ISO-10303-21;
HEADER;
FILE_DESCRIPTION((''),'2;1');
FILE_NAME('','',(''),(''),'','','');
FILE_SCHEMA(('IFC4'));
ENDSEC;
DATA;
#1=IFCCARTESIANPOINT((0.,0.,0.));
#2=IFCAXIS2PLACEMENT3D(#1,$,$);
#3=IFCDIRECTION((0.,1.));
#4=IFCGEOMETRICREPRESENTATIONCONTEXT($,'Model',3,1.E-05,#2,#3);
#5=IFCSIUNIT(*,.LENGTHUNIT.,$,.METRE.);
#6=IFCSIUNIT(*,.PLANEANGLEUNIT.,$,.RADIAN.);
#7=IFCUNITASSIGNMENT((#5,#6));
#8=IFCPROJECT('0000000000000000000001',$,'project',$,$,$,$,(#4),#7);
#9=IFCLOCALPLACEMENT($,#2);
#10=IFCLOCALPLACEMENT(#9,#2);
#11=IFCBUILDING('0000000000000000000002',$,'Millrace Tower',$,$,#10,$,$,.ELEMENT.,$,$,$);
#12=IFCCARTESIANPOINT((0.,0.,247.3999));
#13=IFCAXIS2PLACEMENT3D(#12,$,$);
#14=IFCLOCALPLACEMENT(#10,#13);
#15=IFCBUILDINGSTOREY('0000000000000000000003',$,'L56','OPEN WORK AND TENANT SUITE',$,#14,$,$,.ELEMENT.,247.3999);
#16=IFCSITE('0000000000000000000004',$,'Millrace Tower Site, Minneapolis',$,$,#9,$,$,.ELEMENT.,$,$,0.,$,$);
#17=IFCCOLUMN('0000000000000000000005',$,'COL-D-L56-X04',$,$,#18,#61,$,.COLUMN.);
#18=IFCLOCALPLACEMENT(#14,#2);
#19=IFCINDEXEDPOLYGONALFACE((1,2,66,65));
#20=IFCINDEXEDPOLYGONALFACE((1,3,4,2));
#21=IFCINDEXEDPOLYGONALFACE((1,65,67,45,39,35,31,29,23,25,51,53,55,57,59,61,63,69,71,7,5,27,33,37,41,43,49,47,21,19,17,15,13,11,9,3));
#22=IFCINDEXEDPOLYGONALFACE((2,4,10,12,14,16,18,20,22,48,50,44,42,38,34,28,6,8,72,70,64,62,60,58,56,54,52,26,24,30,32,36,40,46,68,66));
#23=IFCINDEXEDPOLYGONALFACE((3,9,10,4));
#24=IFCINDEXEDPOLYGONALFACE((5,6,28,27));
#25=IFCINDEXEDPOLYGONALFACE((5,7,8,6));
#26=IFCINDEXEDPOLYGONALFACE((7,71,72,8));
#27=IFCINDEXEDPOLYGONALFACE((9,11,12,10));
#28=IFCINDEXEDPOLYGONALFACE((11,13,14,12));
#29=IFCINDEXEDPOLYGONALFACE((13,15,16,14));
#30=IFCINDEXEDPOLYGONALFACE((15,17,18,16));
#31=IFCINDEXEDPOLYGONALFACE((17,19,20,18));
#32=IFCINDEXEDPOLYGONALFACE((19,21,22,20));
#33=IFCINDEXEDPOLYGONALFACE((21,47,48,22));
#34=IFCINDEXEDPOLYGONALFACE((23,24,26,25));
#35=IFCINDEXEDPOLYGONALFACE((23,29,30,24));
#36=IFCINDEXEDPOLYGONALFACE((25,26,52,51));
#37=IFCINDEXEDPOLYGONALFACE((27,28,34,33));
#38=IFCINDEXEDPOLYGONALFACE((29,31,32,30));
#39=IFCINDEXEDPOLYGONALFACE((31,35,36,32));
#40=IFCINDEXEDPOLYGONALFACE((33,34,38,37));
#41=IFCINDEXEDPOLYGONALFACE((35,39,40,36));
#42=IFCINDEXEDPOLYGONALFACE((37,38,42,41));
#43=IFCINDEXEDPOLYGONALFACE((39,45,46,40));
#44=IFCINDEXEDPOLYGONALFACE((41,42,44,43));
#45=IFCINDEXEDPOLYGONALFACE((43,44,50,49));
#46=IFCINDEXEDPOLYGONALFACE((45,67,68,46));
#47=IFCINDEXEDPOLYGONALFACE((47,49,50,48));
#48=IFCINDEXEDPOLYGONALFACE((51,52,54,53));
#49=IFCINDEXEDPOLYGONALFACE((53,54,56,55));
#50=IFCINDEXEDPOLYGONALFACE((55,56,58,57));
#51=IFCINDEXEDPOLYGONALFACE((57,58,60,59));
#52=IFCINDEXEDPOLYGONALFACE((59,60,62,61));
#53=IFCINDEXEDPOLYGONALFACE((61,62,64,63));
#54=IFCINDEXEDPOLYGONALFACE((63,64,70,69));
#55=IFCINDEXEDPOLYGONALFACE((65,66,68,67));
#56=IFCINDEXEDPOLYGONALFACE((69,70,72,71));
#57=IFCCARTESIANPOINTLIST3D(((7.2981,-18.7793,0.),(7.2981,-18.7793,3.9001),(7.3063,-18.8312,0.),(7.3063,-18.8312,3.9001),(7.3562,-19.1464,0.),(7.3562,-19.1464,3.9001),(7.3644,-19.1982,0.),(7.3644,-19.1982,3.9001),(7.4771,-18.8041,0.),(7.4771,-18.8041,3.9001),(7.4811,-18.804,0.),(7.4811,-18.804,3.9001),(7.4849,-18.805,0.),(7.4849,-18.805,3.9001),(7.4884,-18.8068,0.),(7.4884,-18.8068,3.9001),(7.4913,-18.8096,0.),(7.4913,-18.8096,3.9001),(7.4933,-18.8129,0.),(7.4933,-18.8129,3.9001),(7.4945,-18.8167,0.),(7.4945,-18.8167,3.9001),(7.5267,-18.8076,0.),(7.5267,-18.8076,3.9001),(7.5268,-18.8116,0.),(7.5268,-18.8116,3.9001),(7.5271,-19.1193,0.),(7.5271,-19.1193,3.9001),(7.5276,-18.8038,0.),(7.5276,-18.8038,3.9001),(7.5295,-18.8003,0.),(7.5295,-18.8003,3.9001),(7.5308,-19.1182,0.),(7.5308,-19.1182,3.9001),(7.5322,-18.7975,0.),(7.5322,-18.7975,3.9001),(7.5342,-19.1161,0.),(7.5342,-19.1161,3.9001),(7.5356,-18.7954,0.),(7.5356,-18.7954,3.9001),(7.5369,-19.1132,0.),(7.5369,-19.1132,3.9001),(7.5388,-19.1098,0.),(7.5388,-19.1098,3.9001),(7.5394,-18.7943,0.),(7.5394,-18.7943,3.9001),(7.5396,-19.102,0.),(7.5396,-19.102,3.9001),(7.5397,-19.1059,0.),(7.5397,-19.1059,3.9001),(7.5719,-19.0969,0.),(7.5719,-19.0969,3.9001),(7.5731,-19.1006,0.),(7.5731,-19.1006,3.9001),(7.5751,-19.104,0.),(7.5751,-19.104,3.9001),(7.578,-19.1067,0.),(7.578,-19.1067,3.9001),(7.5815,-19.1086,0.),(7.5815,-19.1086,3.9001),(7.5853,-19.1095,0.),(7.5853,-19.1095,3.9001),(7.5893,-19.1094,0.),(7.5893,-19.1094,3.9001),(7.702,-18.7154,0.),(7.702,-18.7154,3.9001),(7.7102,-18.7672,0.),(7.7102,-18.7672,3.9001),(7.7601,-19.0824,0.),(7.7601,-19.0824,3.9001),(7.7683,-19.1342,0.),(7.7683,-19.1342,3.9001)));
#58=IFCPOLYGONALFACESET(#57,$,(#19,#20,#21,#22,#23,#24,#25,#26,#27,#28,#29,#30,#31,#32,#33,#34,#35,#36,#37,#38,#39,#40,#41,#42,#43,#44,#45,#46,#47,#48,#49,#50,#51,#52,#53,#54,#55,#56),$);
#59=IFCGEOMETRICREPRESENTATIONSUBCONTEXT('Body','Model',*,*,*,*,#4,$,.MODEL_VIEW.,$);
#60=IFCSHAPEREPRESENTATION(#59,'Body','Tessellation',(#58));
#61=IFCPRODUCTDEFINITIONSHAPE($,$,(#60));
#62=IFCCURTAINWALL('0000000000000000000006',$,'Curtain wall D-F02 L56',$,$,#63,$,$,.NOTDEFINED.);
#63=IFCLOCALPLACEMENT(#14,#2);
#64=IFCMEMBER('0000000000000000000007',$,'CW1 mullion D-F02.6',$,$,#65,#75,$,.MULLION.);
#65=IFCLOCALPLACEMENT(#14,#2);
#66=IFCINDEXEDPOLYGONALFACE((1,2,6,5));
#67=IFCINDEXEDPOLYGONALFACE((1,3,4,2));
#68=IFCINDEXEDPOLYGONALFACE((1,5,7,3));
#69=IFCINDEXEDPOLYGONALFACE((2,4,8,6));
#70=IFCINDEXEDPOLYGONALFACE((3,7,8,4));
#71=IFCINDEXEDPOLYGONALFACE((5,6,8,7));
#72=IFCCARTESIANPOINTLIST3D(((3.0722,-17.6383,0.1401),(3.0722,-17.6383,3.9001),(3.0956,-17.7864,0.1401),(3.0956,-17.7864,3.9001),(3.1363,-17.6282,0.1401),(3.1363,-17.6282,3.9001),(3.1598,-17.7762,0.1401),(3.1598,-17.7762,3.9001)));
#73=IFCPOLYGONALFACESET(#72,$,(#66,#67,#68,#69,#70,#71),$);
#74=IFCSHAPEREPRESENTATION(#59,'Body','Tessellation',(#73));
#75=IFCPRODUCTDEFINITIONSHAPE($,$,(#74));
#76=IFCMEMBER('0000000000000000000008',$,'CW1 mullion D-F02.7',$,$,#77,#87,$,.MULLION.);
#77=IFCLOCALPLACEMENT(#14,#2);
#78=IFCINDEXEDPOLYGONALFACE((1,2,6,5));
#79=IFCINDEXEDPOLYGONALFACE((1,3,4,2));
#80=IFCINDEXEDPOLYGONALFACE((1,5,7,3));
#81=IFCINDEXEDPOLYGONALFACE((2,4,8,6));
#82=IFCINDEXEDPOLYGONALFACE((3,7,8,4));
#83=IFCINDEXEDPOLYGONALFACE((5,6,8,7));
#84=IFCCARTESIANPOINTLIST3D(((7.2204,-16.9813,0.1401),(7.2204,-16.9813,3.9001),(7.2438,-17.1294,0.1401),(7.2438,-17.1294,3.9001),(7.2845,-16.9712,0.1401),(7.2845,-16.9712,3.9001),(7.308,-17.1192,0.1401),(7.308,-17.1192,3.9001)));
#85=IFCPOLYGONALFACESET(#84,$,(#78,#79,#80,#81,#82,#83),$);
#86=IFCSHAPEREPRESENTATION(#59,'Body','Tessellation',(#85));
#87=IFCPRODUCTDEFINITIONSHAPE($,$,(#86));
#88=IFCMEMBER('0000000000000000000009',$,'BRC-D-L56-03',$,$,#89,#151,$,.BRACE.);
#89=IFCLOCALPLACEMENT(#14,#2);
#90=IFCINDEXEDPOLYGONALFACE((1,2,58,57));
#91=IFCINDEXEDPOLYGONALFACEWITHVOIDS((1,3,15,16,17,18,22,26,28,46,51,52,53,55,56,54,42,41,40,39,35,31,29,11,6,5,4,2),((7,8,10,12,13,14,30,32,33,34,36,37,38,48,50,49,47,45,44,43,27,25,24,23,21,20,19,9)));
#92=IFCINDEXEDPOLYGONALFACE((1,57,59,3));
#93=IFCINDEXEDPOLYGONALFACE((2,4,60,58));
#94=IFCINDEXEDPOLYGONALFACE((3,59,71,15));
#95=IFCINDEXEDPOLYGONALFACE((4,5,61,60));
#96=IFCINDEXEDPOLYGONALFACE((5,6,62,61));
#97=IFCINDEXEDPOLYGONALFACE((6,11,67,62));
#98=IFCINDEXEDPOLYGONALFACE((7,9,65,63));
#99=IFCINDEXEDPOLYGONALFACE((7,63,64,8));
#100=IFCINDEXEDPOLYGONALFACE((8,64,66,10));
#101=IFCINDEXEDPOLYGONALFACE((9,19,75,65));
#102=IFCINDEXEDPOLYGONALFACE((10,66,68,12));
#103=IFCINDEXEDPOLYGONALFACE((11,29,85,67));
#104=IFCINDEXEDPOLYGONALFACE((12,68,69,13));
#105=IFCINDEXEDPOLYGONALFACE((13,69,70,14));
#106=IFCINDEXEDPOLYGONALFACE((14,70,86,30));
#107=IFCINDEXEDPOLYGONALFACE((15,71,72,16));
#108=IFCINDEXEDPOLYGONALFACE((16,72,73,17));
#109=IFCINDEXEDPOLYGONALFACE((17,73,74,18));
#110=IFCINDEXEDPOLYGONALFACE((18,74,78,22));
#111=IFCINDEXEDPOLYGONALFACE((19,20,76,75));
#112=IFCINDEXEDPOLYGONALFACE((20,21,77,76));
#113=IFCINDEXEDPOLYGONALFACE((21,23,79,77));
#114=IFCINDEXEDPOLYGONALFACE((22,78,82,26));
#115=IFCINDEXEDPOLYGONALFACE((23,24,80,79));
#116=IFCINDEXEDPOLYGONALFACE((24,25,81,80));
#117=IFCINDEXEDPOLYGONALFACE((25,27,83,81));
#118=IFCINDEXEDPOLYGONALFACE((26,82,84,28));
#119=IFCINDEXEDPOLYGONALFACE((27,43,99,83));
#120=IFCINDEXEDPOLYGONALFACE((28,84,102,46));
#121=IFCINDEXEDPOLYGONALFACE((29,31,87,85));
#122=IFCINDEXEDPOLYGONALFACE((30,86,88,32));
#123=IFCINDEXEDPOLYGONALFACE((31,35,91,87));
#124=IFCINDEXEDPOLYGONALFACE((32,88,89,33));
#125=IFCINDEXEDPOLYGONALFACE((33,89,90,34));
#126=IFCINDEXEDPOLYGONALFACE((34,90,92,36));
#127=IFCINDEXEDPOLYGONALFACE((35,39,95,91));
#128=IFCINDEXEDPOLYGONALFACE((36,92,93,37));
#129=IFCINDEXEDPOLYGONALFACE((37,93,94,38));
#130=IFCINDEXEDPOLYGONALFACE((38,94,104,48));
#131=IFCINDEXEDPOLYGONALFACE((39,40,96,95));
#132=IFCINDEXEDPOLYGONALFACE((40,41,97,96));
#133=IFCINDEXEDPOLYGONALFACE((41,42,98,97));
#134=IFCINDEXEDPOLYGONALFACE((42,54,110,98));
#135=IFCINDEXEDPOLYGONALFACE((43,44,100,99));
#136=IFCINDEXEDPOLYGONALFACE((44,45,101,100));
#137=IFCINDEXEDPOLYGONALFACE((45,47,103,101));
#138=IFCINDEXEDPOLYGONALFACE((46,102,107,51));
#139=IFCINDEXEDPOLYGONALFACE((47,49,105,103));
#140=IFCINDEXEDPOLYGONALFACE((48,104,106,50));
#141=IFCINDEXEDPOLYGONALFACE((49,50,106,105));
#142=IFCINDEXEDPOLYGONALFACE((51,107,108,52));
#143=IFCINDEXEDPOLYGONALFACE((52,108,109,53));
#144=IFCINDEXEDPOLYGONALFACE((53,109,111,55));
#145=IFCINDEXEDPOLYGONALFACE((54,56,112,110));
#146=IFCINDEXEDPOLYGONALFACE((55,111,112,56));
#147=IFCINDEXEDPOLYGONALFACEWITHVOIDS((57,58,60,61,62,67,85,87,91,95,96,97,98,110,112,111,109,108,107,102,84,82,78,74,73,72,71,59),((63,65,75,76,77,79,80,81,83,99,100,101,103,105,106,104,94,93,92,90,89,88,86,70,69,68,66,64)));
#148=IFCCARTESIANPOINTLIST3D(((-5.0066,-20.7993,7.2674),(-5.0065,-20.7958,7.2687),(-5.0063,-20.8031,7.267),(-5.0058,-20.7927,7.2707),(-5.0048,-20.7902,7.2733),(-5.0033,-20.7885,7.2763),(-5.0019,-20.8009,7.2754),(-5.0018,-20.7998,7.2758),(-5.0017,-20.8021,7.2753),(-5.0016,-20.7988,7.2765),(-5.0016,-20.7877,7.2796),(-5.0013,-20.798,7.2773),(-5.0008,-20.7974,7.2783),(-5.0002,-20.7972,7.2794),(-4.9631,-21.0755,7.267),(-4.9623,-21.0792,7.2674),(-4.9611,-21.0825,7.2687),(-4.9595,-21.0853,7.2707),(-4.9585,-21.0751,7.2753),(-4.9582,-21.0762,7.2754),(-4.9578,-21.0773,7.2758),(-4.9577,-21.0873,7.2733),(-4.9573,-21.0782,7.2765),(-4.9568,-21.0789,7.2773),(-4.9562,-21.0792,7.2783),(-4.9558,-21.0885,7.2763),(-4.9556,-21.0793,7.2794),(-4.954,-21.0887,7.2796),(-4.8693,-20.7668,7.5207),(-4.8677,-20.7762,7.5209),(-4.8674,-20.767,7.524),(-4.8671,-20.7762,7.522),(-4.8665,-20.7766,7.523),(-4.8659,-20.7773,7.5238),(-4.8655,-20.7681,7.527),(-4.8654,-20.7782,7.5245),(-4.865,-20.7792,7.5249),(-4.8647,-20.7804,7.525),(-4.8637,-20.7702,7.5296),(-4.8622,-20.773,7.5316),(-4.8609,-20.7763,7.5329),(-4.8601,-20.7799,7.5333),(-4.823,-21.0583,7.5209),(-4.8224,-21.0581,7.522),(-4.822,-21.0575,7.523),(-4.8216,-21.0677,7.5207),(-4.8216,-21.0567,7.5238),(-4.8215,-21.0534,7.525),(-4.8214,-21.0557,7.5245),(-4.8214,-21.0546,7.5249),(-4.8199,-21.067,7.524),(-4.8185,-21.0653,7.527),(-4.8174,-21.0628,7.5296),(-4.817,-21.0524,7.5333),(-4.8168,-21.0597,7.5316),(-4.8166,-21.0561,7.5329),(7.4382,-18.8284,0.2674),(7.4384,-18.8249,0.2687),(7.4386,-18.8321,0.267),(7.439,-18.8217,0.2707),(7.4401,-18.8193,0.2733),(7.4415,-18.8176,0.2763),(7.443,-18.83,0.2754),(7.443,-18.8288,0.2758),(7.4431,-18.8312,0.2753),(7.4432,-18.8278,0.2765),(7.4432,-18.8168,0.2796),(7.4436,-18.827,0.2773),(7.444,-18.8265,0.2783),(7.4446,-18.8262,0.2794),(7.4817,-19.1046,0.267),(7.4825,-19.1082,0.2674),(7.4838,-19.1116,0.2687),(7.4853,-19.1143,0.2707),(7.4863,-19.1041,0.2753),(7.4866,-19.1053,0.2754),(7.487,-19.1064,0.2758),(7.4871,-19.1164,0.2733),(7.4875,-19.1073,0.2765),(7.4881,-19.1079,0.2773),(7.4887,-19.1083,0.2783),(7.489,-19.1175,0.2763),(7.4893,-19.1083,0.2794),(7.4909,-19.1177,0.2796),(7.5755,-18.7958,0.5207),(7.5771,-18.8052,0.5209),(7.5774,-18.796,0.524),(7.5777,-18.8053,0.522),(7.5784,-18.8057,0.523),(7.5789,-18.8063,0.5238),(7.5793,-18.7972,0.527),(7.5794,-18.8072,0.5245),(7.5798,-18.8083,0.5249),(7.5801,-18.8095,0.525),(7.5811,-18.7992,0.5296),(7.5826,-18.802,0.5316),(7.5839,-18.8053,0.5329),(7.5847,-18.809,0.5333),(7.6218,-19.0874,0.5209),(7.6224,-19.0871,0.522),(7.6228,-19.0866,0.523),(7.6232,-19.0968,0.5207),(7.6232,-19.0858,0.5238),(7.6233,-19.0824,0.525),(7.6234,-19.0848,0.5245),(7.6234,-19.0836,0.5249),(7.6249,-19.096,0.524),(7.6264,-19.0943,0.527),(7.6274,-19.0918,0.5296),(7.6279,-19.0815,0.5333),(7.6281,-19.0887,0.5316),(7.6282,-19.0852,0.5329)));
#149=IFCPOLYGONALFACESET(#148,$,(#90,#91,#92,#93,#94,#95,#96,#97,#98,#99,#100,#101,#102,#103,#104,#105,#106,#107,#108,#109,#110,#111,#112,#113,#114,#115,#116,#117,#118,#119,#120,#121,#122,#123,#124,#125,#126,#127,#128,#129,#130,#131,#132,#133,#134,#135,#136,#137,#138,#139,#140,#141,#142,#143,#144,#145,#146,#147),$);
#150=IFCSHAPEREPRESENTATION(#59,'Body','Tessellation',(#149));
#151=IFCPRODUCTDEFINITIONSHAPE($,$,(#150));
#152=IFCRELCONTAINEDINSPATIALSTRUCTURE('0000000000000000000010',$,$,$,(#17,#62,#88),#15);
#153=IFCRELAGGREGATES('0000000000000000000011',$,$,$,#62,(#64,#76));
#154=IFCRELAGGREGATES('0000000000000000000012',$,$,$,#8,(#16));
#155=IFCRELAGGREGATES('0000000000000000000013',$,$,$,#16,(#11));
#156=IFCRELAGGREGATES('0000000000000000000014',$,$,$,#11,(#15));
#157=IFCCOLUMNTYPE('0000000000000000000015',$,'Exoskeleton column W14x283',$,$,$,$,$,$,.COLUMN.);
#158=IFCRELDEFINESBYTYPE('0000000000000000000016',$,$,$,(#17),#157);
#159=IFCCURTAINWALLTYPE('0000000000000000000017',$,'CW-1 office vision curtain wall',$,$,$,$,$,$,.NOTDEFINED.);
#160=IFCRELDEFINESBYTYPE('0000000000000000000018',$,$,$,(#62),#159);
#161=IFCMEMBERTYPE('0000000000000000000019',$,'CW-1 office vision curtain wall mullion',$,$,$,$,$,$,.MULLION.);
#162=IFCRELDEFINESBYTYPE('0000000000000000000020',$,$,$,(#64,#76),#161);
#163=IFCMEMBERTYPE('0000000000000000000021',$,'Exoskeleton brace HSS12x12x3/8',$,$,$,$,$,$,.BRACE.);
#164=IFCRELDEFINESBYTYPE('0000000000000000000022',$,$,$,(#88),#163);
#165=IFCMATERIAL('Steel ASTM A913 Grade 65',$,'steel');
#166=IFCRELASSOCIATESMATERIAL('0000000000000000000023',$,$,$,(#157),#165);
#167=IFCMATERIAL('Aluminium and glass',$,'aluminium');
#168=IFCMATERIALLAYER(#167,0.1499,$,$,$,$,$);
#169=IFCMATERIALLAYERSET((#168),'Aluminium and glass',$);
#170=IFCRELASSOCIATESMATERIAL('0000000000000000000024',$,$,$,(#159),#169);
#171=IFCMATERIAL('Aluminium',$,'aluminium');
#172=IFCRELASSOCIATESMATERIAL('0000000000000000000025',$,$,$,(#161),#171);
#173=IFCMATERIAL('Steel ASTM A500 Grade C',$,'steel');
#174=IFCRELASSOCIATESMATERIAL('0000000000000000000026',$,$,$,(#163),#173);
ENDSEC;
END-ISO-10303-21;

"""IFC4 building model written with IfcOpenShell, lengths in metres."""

from ifc_helpers import new_model, si_unit, direction, frame, origin, origin_2d, place, context, subcontext, project, spatial, rectangle, hollow_rectangle, i_section, extrude, material, layer, layer_set, material_profile, profile_set, type_object, element, aggregate, save


model = new_model("IFC4")

# Units and contexts
model_context = context("Model", 3, precision=1e-05, world=origin(), true_north=direction((0.0, 1.0)))
body_context = subcontext(model_context, "Body", "Model", "MODEL_VIEW")
ifc_project = project(units=[si_unit("LENGTHUNIT", "METRE"), si_unit("PLANEANGLEUNIT", "RADIAN")], contexts=[model_context])

# Site, building, storey
site_placement = place(None, origin())
site = spatial("IfcSite", under=ifc_project, at=site_placement, Name="Millrace Tower Site, Minneapolis", CompositionType="ELEMENT", RefElevation=0.0)
building_placement = place(site_placement, origin())
building = spatial("IfcBuilding", under=site, at=building_placement, Name="Millrace Tower", CompositionType="ELEMENT")
storey_placement = place(building_placement, frame((0.0, 0.0, 247.3999)))
storey = spatial("IfcBuildingStorey", under=building, at=storey_placement, Name="L56", Description="OPEN WORK AND TENANT SUITE", CompositionType="ELEMENT", Elevation=247.3999)

# Column
ifc_material_1 = material(Name="Steel ASTM A913 Grade 65", Category="steel")
ifc_material_profile_1 = material_profile(ifc_material_1, i_section(OverallWidth=0.4089, OverallDepth=0.4241, WebThickness=0.0327, FlangeThickness=0.0525, FilletRadius=0.0151, at=origin_2d()))
ifc_profile_set_1 = profile_set([ifc_material_profile_1], Name="Steel ASTM A913 Grade 65")
column_type = type_object("IfcColumnType", Name="Exoskeleton column W14x283", PredefinedType="COLUMN", material=ifc_profile_set_1)
column_placement = place(storey_placement, frame((7.5332, -18.9568, 0.0), z_axis=(0.0, 0.0, 1.0), x_axis=(0.987688, 0.156434, 0.0)))
element("IfcColumn", 1, at=column_placement, inside=storey, type_object=column_type, Name="COL-D-L56-X04", PredefinedType="COLUMN", context=body_context, shape_type="SweptSolid", body=[
    extrude(i_section(OverallWidth=0.4089, OverallDepth=0.4241, WebThickness=0.0327, FlangeThickness=0.0525, FilletRadius=0.0151, at=origin_2d()), origin(), (0.0, 0.0, 1.0), 3.9001),
])

# Curtain wall, members
ifc_material_2 = material(Name="Aluminium and glass", Category="aluminium")
ifc_layer_1 = layer(ifc_material_2, 0.1499)
ifc_layer_set_1 = layer_set([ifc_layer_1], Name="Aluminium and glass")
curtain_wall_type = type_object("IfcCurtainWallType", Name="CW-1 office vision curtain wall", PredefinedType="NOTDEFINED", material=ifc_layer_set_1)
placement_1 = place(storey_placement, origin())
curtain_wall_1 = element("IfcCurtainWall", 2, at=placement_1, inside=storey, type_object=curtain_wall_type, Name="Curtain wall D-F02 L56", PredefinedType="NOTDEFINED")
ifc_material_3 = material(Name="Aluminium", Category="aluminium")
ifc_material_profile_2 = material_profile(ifc_material_3, rectangle(XDim=0.0649, YDim=0.1499, at=origin_2d()))
ifc_profile_set_2 = profile_set([ifc_material_profile_2], Name="Aluminium")
member_type_1 = type_object("IfcMemberType", Name="CW-1 office vision curtain wall mullion", PredefinedType="MULLION", material=ifc_profile_set_2)
member_1_placement = place(storey_placement, frame((3.116, -17.7073, 0.1401), z_axis=(0.0, 0.0, 1.0), x_axis=(0.987688, 0.156434, 0.0)))
member_1 = element("IfcMember", 3, at=member_1_placement, type_object=member_type_1, Name="CW1 mullion D-F02.6", PredefinedType="MULLION", context=body_context, shape_type="SweptSolid", body=[
    extrude(rectangle(XDim=0.0649, YDim=0.1499, at=origin_2d()), origin(), (0.0, 0.0, 1.0), 3.76),
])
member_2_placement = place(storey_placement, frame((7.2642, -17.0503, 0.1401), z_axis=(0.0, 0.0, 1.0), x_axis=(0.987688, 0.156434, 0.0)))
member_2 = element("IfcMember", 4, at=member_2_placement, type_object=member_type_1, Name="CW1 mullion D-F02.7", PredefinedType="MULLION", context=body_context, shape_type="SweptSolid", body=[
    extrude(rectangle(XDim=0.0649, YDim=0.1499, at=origin_2d()), origin(), (0.0, 0.0, 1.0), 3.76),
])
aggregate(curtain_wall_1, [member_1, member_2])

# Member
ifc_material_4 = material(Name="Steel ASTM A500 Grade C", Category="steel")
ifc_material_profile_3 = material_profile(ifc_material_4, hollow_rectangle(XDim=0.3047, YDim=0.3047, WallThickness=0.0095, InnerFilletRadius=0.0046, OuterFilletRadius=0.0144, at=origin_2d()))
ifc_profile_set_3 = profile_set([ifc_material_profile_3], Name="Steel ASTM A500 Grade C")
member_type_2 = type_object("IfcMemberType", Name="Exoskeleton brace HSS12x12x3/8", PredefinedType="BRACE", material=ifc_profile_set_3)
member_3_placement = place(storey_placement, frame((7.5332, -18.9568, 0.4001), z_axis=(-0.863395, -0.13674, 0.485645), x_axis=(0.156425, -0.98769, 0.0)))
element("IfcMember", 5, at=member_3_placement, inside=storey, type_object=member_type_2, Name="BRC-D-L56-03", PredefinedType="BRACE", context=body_context, shape_type="SweptSolid", body=[
    extrude(hollow_rectangle(XDim=0.3047, YDim=0.3047, WallThickness=0.0095, InnerFilletRadius=0.0046, OuterFilletRadius=0.0144, at=origin_2d()), origin(), (0.0, 0.0, 1.0), 14.4138),
])

save(model, "model.ifc")
